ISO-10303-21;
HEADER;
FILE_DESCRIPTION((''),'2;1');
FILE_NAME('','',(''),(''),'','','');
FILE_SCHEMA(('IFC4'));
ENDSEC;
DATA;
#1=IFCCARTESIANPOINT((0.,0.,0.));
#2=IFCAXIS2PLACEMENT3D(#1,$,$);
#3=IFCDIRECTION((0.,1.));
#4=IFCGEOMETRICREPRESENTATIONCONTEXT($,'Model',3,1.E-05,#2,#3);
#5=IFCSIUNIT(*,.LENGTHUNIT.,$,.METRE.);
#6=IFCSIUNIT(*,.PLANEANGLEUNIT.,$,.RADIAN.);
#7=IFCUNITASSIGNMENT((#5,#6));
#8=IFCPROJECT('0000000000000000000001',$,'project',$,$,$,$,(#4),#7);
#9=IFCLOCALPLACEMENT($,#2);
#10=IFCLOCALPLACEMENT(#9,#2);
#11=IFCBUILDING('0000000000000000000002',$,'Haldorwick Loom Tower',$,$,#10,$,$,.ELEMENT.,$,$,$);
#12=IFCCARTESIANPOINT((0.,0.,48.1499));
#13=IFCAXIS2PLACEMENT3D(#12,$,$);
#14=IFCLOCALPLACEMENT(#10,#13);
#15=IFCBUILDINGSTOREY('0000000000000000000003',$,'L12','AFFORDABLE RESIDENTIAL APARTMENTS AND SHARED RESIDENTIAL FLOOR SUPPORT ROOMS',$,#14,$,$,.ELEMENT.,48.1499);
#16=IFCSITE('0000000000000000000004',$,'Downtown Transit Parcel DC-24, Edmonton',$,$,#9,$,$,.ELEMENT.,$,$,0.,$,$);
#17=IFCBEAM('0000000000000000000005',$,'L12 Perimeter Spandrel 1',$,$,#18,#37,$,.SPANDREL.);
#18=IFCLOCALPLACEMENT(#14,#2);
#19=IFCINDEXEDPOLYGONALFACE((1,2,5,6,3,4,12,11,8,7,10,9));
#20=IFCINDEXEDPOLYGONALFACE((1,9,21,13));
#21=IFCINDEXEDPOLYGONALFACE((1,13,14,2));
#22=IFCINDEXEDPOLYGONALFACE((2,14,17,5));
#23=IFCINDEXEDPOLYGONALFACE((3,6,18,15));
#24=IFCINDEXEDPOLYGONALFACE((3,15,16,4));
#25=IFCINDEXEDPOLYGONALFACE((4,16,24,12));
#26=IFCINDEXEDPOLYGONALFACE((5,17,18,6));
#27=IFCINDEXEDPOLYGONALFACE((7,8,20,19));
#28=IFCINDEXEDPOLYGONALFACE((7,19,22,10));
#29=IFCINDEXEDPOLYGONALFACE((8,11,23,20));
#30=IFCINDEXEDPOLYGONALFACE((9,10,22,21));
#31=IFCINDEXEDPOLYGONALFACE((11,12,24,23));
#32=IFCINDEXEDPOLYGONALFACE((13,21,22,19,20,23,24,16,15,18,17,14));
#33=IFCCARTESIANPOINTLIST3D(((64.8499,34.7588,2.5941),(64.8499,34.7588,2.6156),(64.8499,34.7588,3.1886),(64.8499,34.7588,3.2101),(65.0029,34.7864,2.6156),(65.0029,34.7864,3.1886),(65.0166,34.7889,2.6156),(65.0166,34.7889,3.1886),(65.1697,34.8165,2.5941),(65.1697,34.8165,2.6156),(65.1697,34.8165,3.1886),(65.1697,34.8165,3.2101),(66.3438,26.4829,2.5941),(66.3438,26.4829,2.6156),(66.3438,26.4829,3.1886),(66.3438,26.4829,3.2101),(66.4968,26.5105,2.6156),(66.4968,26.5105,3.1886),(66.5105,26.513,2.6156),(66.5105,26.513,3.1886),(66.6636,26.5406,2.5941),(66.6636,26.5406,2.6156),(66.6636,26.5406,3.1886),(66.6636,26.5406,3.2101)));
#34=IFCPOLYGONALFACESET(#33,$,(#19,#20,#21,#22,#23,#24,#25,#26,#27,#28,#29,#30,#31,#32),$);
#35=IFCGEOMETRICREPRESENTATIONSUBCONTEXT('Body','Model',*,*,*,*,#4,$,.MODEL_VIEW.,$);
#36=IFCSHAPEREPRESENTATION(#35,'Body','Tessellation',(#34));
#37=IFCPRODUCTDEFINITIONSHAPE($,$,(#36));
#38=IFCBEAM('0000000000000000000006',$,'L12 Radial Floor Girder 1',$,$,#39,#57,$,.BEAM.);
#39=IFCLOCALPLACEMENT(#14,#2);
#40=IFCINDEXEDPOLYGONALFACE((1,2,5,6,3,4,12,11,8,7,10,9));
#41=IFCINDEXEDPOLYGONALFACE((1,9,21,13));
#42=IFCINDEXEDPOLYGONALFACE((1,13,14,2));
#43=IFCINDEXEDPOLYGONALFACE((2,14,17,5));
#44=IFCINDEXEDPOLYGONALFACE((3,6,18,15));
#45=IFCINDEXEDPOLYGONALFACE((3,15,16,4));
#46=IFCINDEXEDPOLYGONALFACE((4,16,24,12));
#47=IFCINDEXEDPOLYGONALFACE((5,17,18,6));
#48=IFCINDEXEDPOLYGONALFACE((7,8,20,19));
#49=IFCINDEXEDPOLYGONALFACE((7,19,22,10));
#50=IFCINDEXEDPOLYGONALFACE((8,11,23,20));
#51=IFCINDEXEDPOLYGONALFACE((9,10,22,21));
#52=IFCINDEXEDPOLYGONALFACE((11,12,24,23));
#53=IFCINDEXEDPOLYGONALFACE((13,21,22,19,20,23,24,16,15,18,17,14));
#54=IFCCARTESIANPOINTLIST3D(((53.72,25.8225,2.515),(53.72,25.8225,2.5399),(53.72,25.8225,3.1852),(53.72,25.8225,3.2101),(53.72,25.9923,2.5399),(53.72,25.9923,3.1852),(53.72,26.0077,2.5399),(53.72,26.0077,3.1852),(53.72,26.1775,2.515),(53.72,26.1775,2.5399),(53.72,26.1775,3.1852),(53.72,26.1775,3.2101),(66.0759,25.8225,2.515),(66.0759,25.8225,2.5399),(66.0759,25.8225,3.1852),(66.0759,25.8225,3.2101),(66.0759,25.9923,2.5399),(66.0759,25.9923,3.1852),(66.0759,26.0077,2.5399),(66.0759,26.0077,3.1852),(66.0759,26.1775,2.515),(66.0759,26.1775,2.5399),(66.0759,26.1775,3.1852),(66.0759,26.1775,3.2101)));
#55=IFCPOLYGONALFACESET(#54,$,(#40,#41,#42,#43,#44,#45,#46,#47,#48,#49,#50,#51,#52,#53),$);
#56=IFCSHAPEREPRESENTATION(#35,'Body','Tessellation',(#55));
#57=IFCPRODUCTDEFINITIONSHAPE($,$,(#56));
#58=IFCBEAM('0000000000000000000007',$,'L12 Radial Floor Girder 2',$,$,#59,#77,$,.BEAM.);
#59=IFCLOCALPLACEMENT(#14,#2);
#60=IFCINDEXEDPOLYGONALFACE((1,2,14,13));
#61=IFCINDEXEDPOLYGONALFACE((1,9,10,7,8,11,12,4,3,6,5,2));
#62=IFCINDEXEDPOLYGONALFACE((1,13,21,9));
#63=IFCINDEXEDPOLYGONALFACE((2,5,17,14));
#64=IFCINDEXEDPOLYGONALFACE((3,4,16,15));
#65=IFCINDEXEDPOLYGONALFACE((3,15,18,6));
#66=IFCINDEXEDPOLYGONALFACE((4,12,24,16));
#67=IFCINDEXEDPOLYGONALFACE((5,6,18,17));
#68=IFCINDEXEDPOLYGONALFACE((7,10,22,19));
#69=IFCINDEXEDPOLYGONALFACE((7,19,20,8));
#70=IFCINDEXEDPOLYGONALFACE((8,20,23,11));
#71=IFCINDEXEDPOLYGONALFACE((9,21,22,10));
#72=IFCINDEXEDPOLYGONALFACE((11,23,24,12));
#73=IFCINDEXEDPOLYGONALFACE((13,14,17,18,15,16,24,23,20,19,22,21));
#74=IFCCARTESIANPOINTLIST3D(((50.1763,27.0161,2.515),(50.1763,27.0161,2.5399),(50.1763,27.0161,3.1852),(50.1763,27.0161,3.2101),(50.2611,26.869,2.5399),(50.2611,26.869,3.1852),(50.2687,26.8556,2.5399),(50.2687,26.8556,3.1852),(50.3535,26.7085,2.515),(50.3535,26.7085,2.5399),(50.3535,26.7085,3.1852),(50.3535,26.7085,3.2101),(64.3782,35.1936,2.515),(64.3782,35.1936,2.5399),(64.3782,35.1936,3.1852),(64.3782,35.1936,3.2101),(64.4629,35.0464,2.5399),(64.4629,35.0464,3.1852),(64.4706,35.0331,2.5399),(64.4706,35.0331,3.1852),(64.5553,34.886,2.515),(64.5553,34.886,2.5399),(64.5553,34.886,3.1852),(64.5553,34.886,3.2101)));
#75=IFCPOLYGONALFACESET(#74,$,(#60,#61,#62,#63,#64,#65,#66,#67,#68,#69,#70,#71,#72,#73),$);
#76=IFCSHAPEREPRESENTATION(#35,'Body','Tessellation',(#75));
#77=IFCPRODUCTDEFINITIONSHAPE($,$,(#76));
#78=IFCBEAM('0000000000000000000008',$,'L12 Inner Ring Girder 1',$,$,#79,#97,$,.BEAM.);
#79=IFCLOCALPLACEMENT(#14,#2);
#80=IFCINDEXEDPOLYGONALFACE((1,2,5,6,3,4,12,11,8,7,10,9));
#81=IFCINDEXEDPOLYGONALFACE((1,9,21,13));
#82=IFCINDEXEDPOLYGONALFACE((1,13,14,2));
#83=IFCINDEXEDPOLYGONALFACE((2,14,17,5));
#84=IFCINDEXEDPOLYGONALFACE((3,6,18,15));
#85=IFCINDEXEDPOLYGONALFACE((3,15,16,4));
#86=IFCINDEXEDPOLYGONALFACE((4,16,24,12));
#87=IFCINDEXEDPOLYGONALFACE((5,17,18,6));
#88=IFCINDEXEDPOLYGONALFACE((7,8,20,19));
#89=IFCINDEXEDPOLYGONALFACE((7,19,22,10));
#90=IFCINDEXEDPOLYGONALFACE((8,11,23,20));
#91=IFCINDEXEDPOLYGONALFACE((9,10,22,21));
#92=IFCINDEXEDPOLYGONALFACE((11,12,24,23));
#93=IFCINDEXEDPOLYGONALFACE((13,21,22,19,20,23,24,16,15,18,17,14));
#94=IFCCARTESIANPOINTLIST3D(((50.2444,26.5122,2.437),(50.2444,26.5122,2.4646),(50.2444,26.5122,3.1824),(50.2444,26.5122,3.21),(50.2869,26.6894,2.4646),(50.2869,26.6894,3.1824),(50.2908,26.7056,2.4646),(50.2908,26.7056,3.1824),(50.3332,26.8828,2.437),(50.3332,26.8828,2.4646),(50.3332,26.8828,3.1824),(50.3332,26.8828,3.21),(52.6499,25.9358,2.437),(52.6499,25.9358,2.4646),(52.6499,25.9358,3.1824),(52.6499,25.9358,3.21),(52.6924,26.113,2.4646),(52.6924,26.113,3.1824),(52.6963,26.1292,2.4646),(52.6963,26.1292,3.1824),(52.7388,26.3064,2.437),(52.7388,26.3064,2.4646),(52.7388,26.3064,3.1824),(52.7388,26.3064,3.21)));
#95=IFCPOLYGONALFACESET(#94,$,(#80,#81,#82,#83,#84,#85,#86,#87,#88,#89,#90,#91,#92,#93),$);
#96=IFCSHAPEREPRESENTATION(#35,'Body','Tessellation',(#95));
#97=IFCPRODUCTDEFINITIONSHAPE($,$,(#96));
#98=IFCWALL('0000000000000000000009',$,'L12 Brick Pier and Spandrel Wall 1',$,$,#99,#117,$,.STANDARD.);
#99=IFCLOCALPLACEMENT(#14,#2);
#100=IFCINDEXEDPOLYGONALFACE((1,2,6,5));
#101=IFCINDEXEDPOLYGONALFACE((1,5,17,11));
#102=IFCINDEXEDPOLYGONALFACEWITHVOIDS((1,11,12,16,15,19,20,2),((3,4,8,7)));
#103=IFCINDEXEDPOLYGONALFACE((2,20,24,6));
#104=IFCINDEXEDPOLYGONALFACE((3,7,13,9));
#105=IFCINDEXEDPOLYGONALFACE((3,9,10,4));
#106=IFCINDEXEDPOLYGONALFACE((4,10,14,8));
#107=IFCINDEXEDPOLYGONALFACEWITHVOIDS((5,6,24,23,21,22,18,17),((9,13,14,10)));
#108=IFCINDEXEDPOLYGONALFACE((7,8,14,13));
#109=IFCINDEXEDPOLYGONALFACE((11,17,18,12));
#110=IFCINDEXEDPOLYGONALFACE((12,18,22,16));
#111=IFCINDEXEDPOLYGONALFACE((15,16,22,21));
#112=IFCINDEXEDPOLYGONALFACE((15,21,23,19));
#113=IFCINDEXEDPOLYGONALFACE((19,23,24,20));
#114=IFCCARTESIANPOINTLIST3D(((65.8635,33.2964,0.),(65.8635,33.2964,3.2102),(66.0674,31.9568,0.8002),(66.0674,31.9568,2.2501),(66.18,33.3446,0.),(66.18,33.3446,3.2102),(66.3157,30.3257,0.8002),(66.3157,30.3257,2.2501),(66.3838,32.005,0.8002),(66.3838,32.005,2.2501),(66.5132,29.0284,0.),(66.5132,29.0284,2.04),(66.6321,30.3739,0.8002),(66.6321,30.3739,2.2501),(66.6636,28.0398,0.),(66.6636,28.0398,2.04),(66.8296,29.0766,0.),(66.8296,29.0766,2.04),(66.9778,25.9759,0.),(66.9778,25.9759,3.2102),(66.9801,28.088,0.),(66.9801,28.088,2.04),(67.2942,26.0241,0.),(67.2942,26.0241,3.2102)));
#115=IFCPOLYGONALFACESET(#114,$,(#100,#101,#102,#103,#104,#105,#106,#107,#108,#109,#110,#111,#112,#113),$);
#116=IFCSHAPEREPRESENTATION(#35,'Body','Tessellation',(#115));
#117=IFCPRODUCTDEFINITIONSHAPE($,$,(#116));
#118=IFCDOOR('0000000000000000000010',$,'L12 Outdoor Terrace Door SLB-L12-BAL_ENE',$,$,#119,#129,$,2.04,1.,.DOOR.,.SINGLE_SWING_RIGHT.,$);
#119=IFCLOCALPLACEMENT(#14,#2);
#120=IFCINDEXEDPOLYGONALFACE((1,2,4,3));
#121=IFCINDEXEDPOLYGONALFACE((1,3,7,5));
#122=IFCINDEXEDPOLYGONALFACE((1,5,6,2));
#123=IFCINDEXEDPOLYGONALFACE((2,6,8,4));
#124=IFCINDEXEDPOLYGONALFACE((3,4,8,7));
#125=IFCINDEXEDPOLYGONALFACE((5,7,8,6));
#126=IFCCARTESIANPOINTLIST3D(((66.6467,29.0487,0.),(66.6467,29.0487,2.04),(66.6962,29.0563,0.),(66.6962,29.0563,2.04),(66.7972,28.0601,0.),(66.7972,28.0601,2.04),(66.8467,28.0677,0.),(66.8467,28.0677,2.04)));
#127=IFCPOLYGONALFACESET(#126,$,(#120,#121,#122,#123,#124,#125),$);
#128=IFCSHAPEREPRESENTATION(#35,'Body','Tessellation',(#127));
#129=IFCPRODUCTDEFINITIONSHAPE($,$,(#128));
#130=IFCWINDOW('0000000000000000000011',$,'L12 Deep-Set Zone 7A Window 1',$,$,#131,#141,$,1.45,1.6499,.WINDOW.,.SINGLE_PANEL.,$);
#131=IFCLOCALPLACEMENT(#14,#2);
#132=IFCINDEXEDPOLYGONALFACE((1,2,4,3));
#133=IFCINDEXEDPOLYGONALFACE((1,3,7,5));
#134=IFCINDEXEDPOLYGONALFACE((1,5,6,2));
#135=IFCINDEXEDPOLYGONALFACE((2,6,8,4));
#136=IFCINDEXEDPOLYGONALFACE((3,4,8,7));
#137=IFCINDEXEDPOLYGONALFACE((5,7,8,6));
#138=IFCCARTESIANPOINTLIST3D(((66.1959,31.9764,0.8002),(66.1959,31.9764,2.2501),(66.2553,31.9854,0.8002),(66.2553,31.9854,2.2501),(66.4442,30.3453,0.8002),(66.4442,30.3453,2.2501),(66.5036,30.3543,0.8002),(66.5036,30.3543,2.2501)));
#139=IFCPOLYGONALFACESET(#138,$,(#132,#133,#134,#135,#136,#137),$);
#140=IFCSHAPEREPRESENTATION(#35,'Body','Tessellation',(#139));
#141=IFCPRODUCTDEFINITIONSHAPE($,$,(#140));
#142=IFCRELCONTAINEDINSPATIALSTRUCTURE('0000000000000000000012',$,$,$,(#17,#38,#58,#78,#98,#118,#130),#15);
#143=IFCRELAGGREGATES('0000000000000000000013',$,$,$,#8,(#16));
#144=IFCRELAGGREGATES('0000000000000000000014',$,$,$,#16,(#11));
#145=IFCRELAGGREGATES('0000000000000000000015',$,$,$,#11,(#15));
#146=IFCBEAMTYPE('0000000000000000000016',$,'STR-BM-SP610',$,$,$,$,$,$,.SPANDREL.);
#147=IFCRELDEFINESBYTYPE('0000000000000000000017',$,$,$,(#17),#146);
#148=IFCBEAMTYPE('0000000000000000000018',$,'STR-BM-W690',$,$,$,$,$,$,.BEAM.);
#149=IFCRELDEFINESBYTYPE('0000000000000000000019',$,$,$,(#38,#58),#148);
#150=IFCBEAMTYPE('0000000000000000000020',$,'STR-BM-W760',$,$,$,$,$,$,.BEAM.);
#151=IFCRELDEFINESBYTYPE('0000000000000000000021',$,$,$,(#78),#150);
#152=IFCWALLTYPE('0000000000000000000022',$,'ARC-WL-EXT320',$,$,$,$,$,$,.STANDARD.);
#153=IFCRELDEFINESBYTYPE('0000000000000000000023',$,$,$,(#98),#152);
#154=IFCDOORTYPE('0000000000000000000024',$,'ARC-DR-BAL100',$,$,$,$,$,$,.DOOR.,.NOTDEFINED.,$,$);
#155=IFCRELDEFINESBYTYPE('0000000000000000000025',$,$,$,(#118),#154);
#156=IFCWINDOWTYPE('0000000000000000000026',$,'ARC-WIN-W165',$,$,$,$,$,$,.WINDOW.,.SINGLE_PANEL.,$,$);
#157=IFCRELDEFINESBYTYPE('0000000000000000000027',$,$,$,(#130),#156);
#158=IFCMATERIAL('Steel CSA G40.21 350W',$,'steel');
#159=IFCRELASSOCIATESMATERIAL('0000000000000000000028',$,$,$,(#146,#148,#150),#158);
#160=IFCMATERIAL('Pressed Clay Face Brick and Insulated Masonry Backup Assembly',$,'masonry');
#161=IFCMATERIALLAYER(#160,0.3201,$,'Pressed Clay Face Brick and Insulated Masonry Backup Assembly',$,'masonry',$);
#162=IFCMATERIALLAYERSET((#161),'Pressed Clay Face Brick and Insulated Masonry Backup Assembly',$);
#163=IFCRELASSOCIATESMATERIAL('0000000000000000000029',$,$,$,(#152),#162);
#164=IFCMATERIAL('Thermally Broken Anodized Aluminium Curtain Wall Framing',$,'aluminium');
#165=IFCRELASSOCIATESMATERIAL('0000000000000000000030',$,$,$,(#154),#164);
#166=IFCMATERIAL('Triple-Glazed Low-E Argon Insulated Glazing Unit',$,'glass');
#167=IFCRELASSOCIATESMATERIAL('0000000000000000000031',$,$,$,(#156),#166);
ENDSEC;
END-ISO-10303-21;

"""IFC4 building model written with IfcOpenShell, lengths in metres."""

from ifc_helpers import new_model, si_unit, direction, frame, frame_2d, origin, origin_2d, place, context, subcontext, project, spatial, rectangle, i_section, extrude, material, layer, layer_set, material_profile, profile_set, type_object, element, fill, save


model = new_model("IFC4")

# Units and contexts
model_context = context("Model", 3, precision=1e-05, world=origin(), true_north=direction((0.0, 1.0)))
body_context = subcontext(model_context, "Body", "Model", "MODEL_VIEW")
ifc_project = project(units=[si_unit("LENGTHUNIT", "METRE"), si_unit("PLANEANGLEUNIT", "RADIAN")], contexts=[model_context])

# Site, building, storey
site_placement = place(None, origin())
site = spatial("IfcSite", under=ifc_project, at=site_placement, Name="Downtown Transit Parcel DC-24, Edmonton", CompositionType="ELEMENT", RefElevation=0.0)
building_placement = place(site_placement, origin())
building = spatial("IfcBuilding", under=site, at=building_placement, Name="Haldorwick Loom Tower", CompositionType="ELEMENT")
storey_placement = place(building_placement, frame((0.0, 0.0, 48.1499)))
storey = spatial("IfcBuildingStorey", under=building, at=storey_placement, Name="L12", Description="AFFORDABLE RESIDENTIAL APARTMENTS AND SHARED RESIDENTIAL FLOOR SUPPORT ROOMS", CompositionType="ELEMENT", Elevation=48.1499)

# Beams
ifc_material_1 = material(Name="Steel CSA G40.21 350W", Category="steel")
ifc_material_profile_1 = material_profile(ifc_material_1, i_section(OverallWidth=0.325, OverallDepth=0.616, WebThickness=0.0139, FlangeThickness=0.0215, at=origin_2d()), Name="W610X174", Category="steel")
ifc_profile_set_1 = profile_set([ifc_material_profile_1], Name="Steel CSA G40.21 350W")
beam_type_1 = type_object("IfcBeamType", Name="STR-BM-SP610", PredefinedType="SPANDREL", material=ifc_profile_set_1)
beam_1_placement = place(storey_placement, frame((66.5037, 26.5117, 2.9021), z_axis=(-0.177641, 0.984095, 0.0), x_axis=(-0.984095, -0.177641, 0.0)))
element("IfcBeam", 1, at=beam_1_placement, inside=storey, type_object=beam_type_1, Name="L12 Perimeter Spandrel 1", PredefinedType="SPANDREL", context=body_context, shape_type="SweptSolid", body=[
    extrude(i_section(OverallWidth=0.325, OverallDepth=0.616, WebThickness=0.0139, FlangeThickness=0.0215, at=origin_2d()), origin(), (0.0, 0.0, 1.0), 8.4097),
])
ifc_material_profile_2 = material_profile(ifc_material_1, i_section(OverallWidth=0.355, OverallDepth=0.6951, WebThickness=0.0154, FlangeThickness=0.0249, at=origin_2d()), Name="W690X217", Category="steel")
ifc_profile_set_2 = profile_set([ifc_material_profile_2], Name="Steel CSA G40.21 350W")
beam_type_2 = type_object("IfcBeamType", Name="STR-BM-W690", PredefinedType="BEAM", material=ifc_profile_set_2)
beam_2_placement = place(storey_placement, frame((53.72, 26.0, 2.8625), z_axis=(1.0, 0.0, 0.0), x_axis=(0.0, 1.0, 0.0)))
element("IfcBeam", 2, at=beam_2_placement, inside=storey, type_object=beam_type_2, Name="L12 Radial Floor Girder 1", PredefinedType="BEAM", context=body_context, shape_type="SweptSolid", body=[
    extrude(i_section(OverallWidth=0.355, OverallDepth=0.6951, WebThickness=0.0154, FlangeThickness=0.0249, at=origin_2d()), origin(), (0.0, 0.0, 1.0), 12.356),
])
beam_3_placement = place(storey_placement, frame((50.2649, 26.8623, 2.8625), z_axis=(0.866606, 0.498994, 0.0), x_axis=(-0.498994, 0.866606, 0.0)))
element("IfcBeam", 3, at=beam_3_placement, inside=storey, type_object=beam_type_2, Name="L12 Radial Floor Girder 2", PredefinedType="BEAM", context=body_context, shape_type="SweptSolid", body=[
    extrude(i_section(OverallWidth=0.355, OverallDepth=0.6951, WebThickness=0.0154, FlangeThickness=0.0249, at=origin_2d()), origin(), (0.0, 0.0, 1.0), 16.3879),
])
ifc_material_profile_3 = material_profile(ifc_material_1, i_section(OverallWidth=0.3811, OverallDepth=0.7729, WebThickness=0.0166, FlangeThickness=0.0276, at=origin_2d()), Name="W760X257", Category="steel")
ifc_profile_set_3 = profile_set([ifc_material_profile_3], Name="Steel CSA G40.21 350W")
beam_type_3 = type_object("IfcBeamType", Name="STR-BM-W760", PredefinedType="BEAM", material=ifc_profile_set_3)
beam_4_placement = place(storey_placement, frame((50.2888, 26.6975, 2.8235), z_axis=(0.972471, -0.233026, 0.0), x_axis=(0.233026, 0.972471, 0.0)))
element("IfcBeam", 4, at=beam_4_placement, inside=storey, type_object=beam_type_3, Name="L12 Inner Ring Girder 1", PredefinedType="BEAM", context=body_context, shape_type="SweptSolid", body=[
    extrude(i_section(OverallWidth=0.3811, OverallDepth=0.7729, WebThickness=0.0166, FlangeThickness=0.0276, at=origin_2d()), origin(), (0.0, 0.0, 1.0), 2.4736),
])

# Wall, openings, door, window
ifc_material_2 = material(Name="Pressed Clay Face Brick and Insulated Masonry Backup Assembly", Category="masonry")
ifc_layer_1 = layer(ifc_material_2, 0.3201, Name="Pressed Clay Face Brick and Insulated Masonry Backup Assembly", Category="masonry")
ifc_layer_set_1 = layer_set([ifc_layer_1], Name="Pressed Clay Face Brick and Insulated Masonry Backup Assembly")
wall_type_1 = type_object("IfcWallType", Name="ARC-WL-EXT320", PredefinedType="STANDARD", material=ifc_layer_set_1)
wall_1_placement = place(storey_placement, frame((67.136, 26.0, 0.0), z_axis=(0.0, 0.0, 1.0), x_axis=(-0.150476, 0.988614, 0.0)))
wall_1 = element("IfcWall", 5, at=wall_1_placement, inside=storey, type_object=wall_type_1, Name="L12 Brick Pier and Spandrel Wall 1", PredefinedType="STANDARD", context=body_context, shape_type="SweptSolid", body=[
    extrude(rectangle(XDim=7.4048, YDim=0.3201, at=frame_2d((3.7024, 0.0))), origin(), (0.0, 0.0, 1.0), 3.2102),
])
opening_1_placement = place(wall_1_placement, frame((2.0876, 0.0, 0.0)))
opening_1 = element("IfcOpeningElement", 6, at=opening_1_placement, cuts=wall_1, PredefinedType="OPENING", context=body_context, shape_type="SweptSolid", body=[
    extrude(rectangle(XDim=1.0, YDim=2.04, at=frame_2d((0.5, 1.02))), frame((0.0, 0.1699, 0.0), z_axis=(0.0, -1.0, 0.0), x_axis=(1.0, 0.0, 0.0)), (0.0, 0.0, 1.0), 0.3401),
])
opening_2_placement = place(wall_1_placement, frame((4.3999, 0.0, 0.8)))
opening_2 = element("IfcOpeningElement", 7, at=opening_2_placement, cuts=wall_1, PredefinedType="OPENING", context=body_context, shape_type="SweptSolid", body=[
    extrude(rectangle(XDim=1.6499, YDim=1.45, at=frame_2d((0.825, 0.7251))), frame((0.0, 0.1699, 0.0), z_axis=(0.0, -1.0, 0.0), x_axis=(1.0, 0.0, 0.0)), (0.0, 0.0, 1.0), 0.3401),
])
ifc_material_3 = material(Name="Thermally Broken Anodized Aluminium Curtain Wall Framing", Category="aluminium")
door_type_1 = type_object("IfcDoorType", Name="ARC-DR-BAL100", OperationType="NOTDEFINED", PredefinedType="DOOR", material=ifc_material_3)
door_1_placement = place(opening_1_placement, origin())
door_1 = element("IfcDoor", 8, at=door_1_placement, inside=storey, type_object=door_type_1, Name="L12 Outdoor Terrace Door SLB-L12-BAL_ENE", OperationType="SINGLE_SWING_RIGHT", OverallHeight=2.04, OverallWidth=1.0, PredefinedType="DOOR", context=body_context, shape_type="SweptSolid", body=[
    extrude(rectangle(XDim=1.0, YDim=2.04, at=frame_2d((0.5, 1.02))), frame((0.0, 0.0249, 0.0), z_axis=(0.0, -1.0, 0.0), x_axis=(1.0, 0.0, 0.0)), (0.0, 0.0, 1.0), 0.05),
])
fill(opening_1, door_1)
ifc_material_4 = material(Name="Triple-Glazed Low-E Argon Insulated Glazing Unit", Category="glass")
window_type = type_object("IfcWindowType", Name="ARC-WIN-W165", PartitioningType="SINGLE_PANEL", PredefinedType="WINDOW", material=ifc_material_4)
window_placement = place(opening_2_placement, origin())
window = element("IfcWindow", 9, at=window_placement, inside=storey, type_object=window_type, Name="L12 Deep-Set Zone 7A Window 1", OverallHeight=1.45, OverallWidth=1.6499, PartitioningType="SINGLE_PANEL", PredefinedType="WINDOW", context=body_context, shape_type="SweptSolid", body=[
    extrude(rectangle(XDim=1.6499, YDim=1.45, at=frame_2d((0.825, 0.7251))), frame((0.0, 0.03, 0.0), z_axis=(0.0, -1.0, 0.0), x_axis=(1.0, 0.0, 0.0)), (0.0, 0.0, 1.0), 0.0601),
])
fill(opening_2, window)

save(model, "model.ifc")
